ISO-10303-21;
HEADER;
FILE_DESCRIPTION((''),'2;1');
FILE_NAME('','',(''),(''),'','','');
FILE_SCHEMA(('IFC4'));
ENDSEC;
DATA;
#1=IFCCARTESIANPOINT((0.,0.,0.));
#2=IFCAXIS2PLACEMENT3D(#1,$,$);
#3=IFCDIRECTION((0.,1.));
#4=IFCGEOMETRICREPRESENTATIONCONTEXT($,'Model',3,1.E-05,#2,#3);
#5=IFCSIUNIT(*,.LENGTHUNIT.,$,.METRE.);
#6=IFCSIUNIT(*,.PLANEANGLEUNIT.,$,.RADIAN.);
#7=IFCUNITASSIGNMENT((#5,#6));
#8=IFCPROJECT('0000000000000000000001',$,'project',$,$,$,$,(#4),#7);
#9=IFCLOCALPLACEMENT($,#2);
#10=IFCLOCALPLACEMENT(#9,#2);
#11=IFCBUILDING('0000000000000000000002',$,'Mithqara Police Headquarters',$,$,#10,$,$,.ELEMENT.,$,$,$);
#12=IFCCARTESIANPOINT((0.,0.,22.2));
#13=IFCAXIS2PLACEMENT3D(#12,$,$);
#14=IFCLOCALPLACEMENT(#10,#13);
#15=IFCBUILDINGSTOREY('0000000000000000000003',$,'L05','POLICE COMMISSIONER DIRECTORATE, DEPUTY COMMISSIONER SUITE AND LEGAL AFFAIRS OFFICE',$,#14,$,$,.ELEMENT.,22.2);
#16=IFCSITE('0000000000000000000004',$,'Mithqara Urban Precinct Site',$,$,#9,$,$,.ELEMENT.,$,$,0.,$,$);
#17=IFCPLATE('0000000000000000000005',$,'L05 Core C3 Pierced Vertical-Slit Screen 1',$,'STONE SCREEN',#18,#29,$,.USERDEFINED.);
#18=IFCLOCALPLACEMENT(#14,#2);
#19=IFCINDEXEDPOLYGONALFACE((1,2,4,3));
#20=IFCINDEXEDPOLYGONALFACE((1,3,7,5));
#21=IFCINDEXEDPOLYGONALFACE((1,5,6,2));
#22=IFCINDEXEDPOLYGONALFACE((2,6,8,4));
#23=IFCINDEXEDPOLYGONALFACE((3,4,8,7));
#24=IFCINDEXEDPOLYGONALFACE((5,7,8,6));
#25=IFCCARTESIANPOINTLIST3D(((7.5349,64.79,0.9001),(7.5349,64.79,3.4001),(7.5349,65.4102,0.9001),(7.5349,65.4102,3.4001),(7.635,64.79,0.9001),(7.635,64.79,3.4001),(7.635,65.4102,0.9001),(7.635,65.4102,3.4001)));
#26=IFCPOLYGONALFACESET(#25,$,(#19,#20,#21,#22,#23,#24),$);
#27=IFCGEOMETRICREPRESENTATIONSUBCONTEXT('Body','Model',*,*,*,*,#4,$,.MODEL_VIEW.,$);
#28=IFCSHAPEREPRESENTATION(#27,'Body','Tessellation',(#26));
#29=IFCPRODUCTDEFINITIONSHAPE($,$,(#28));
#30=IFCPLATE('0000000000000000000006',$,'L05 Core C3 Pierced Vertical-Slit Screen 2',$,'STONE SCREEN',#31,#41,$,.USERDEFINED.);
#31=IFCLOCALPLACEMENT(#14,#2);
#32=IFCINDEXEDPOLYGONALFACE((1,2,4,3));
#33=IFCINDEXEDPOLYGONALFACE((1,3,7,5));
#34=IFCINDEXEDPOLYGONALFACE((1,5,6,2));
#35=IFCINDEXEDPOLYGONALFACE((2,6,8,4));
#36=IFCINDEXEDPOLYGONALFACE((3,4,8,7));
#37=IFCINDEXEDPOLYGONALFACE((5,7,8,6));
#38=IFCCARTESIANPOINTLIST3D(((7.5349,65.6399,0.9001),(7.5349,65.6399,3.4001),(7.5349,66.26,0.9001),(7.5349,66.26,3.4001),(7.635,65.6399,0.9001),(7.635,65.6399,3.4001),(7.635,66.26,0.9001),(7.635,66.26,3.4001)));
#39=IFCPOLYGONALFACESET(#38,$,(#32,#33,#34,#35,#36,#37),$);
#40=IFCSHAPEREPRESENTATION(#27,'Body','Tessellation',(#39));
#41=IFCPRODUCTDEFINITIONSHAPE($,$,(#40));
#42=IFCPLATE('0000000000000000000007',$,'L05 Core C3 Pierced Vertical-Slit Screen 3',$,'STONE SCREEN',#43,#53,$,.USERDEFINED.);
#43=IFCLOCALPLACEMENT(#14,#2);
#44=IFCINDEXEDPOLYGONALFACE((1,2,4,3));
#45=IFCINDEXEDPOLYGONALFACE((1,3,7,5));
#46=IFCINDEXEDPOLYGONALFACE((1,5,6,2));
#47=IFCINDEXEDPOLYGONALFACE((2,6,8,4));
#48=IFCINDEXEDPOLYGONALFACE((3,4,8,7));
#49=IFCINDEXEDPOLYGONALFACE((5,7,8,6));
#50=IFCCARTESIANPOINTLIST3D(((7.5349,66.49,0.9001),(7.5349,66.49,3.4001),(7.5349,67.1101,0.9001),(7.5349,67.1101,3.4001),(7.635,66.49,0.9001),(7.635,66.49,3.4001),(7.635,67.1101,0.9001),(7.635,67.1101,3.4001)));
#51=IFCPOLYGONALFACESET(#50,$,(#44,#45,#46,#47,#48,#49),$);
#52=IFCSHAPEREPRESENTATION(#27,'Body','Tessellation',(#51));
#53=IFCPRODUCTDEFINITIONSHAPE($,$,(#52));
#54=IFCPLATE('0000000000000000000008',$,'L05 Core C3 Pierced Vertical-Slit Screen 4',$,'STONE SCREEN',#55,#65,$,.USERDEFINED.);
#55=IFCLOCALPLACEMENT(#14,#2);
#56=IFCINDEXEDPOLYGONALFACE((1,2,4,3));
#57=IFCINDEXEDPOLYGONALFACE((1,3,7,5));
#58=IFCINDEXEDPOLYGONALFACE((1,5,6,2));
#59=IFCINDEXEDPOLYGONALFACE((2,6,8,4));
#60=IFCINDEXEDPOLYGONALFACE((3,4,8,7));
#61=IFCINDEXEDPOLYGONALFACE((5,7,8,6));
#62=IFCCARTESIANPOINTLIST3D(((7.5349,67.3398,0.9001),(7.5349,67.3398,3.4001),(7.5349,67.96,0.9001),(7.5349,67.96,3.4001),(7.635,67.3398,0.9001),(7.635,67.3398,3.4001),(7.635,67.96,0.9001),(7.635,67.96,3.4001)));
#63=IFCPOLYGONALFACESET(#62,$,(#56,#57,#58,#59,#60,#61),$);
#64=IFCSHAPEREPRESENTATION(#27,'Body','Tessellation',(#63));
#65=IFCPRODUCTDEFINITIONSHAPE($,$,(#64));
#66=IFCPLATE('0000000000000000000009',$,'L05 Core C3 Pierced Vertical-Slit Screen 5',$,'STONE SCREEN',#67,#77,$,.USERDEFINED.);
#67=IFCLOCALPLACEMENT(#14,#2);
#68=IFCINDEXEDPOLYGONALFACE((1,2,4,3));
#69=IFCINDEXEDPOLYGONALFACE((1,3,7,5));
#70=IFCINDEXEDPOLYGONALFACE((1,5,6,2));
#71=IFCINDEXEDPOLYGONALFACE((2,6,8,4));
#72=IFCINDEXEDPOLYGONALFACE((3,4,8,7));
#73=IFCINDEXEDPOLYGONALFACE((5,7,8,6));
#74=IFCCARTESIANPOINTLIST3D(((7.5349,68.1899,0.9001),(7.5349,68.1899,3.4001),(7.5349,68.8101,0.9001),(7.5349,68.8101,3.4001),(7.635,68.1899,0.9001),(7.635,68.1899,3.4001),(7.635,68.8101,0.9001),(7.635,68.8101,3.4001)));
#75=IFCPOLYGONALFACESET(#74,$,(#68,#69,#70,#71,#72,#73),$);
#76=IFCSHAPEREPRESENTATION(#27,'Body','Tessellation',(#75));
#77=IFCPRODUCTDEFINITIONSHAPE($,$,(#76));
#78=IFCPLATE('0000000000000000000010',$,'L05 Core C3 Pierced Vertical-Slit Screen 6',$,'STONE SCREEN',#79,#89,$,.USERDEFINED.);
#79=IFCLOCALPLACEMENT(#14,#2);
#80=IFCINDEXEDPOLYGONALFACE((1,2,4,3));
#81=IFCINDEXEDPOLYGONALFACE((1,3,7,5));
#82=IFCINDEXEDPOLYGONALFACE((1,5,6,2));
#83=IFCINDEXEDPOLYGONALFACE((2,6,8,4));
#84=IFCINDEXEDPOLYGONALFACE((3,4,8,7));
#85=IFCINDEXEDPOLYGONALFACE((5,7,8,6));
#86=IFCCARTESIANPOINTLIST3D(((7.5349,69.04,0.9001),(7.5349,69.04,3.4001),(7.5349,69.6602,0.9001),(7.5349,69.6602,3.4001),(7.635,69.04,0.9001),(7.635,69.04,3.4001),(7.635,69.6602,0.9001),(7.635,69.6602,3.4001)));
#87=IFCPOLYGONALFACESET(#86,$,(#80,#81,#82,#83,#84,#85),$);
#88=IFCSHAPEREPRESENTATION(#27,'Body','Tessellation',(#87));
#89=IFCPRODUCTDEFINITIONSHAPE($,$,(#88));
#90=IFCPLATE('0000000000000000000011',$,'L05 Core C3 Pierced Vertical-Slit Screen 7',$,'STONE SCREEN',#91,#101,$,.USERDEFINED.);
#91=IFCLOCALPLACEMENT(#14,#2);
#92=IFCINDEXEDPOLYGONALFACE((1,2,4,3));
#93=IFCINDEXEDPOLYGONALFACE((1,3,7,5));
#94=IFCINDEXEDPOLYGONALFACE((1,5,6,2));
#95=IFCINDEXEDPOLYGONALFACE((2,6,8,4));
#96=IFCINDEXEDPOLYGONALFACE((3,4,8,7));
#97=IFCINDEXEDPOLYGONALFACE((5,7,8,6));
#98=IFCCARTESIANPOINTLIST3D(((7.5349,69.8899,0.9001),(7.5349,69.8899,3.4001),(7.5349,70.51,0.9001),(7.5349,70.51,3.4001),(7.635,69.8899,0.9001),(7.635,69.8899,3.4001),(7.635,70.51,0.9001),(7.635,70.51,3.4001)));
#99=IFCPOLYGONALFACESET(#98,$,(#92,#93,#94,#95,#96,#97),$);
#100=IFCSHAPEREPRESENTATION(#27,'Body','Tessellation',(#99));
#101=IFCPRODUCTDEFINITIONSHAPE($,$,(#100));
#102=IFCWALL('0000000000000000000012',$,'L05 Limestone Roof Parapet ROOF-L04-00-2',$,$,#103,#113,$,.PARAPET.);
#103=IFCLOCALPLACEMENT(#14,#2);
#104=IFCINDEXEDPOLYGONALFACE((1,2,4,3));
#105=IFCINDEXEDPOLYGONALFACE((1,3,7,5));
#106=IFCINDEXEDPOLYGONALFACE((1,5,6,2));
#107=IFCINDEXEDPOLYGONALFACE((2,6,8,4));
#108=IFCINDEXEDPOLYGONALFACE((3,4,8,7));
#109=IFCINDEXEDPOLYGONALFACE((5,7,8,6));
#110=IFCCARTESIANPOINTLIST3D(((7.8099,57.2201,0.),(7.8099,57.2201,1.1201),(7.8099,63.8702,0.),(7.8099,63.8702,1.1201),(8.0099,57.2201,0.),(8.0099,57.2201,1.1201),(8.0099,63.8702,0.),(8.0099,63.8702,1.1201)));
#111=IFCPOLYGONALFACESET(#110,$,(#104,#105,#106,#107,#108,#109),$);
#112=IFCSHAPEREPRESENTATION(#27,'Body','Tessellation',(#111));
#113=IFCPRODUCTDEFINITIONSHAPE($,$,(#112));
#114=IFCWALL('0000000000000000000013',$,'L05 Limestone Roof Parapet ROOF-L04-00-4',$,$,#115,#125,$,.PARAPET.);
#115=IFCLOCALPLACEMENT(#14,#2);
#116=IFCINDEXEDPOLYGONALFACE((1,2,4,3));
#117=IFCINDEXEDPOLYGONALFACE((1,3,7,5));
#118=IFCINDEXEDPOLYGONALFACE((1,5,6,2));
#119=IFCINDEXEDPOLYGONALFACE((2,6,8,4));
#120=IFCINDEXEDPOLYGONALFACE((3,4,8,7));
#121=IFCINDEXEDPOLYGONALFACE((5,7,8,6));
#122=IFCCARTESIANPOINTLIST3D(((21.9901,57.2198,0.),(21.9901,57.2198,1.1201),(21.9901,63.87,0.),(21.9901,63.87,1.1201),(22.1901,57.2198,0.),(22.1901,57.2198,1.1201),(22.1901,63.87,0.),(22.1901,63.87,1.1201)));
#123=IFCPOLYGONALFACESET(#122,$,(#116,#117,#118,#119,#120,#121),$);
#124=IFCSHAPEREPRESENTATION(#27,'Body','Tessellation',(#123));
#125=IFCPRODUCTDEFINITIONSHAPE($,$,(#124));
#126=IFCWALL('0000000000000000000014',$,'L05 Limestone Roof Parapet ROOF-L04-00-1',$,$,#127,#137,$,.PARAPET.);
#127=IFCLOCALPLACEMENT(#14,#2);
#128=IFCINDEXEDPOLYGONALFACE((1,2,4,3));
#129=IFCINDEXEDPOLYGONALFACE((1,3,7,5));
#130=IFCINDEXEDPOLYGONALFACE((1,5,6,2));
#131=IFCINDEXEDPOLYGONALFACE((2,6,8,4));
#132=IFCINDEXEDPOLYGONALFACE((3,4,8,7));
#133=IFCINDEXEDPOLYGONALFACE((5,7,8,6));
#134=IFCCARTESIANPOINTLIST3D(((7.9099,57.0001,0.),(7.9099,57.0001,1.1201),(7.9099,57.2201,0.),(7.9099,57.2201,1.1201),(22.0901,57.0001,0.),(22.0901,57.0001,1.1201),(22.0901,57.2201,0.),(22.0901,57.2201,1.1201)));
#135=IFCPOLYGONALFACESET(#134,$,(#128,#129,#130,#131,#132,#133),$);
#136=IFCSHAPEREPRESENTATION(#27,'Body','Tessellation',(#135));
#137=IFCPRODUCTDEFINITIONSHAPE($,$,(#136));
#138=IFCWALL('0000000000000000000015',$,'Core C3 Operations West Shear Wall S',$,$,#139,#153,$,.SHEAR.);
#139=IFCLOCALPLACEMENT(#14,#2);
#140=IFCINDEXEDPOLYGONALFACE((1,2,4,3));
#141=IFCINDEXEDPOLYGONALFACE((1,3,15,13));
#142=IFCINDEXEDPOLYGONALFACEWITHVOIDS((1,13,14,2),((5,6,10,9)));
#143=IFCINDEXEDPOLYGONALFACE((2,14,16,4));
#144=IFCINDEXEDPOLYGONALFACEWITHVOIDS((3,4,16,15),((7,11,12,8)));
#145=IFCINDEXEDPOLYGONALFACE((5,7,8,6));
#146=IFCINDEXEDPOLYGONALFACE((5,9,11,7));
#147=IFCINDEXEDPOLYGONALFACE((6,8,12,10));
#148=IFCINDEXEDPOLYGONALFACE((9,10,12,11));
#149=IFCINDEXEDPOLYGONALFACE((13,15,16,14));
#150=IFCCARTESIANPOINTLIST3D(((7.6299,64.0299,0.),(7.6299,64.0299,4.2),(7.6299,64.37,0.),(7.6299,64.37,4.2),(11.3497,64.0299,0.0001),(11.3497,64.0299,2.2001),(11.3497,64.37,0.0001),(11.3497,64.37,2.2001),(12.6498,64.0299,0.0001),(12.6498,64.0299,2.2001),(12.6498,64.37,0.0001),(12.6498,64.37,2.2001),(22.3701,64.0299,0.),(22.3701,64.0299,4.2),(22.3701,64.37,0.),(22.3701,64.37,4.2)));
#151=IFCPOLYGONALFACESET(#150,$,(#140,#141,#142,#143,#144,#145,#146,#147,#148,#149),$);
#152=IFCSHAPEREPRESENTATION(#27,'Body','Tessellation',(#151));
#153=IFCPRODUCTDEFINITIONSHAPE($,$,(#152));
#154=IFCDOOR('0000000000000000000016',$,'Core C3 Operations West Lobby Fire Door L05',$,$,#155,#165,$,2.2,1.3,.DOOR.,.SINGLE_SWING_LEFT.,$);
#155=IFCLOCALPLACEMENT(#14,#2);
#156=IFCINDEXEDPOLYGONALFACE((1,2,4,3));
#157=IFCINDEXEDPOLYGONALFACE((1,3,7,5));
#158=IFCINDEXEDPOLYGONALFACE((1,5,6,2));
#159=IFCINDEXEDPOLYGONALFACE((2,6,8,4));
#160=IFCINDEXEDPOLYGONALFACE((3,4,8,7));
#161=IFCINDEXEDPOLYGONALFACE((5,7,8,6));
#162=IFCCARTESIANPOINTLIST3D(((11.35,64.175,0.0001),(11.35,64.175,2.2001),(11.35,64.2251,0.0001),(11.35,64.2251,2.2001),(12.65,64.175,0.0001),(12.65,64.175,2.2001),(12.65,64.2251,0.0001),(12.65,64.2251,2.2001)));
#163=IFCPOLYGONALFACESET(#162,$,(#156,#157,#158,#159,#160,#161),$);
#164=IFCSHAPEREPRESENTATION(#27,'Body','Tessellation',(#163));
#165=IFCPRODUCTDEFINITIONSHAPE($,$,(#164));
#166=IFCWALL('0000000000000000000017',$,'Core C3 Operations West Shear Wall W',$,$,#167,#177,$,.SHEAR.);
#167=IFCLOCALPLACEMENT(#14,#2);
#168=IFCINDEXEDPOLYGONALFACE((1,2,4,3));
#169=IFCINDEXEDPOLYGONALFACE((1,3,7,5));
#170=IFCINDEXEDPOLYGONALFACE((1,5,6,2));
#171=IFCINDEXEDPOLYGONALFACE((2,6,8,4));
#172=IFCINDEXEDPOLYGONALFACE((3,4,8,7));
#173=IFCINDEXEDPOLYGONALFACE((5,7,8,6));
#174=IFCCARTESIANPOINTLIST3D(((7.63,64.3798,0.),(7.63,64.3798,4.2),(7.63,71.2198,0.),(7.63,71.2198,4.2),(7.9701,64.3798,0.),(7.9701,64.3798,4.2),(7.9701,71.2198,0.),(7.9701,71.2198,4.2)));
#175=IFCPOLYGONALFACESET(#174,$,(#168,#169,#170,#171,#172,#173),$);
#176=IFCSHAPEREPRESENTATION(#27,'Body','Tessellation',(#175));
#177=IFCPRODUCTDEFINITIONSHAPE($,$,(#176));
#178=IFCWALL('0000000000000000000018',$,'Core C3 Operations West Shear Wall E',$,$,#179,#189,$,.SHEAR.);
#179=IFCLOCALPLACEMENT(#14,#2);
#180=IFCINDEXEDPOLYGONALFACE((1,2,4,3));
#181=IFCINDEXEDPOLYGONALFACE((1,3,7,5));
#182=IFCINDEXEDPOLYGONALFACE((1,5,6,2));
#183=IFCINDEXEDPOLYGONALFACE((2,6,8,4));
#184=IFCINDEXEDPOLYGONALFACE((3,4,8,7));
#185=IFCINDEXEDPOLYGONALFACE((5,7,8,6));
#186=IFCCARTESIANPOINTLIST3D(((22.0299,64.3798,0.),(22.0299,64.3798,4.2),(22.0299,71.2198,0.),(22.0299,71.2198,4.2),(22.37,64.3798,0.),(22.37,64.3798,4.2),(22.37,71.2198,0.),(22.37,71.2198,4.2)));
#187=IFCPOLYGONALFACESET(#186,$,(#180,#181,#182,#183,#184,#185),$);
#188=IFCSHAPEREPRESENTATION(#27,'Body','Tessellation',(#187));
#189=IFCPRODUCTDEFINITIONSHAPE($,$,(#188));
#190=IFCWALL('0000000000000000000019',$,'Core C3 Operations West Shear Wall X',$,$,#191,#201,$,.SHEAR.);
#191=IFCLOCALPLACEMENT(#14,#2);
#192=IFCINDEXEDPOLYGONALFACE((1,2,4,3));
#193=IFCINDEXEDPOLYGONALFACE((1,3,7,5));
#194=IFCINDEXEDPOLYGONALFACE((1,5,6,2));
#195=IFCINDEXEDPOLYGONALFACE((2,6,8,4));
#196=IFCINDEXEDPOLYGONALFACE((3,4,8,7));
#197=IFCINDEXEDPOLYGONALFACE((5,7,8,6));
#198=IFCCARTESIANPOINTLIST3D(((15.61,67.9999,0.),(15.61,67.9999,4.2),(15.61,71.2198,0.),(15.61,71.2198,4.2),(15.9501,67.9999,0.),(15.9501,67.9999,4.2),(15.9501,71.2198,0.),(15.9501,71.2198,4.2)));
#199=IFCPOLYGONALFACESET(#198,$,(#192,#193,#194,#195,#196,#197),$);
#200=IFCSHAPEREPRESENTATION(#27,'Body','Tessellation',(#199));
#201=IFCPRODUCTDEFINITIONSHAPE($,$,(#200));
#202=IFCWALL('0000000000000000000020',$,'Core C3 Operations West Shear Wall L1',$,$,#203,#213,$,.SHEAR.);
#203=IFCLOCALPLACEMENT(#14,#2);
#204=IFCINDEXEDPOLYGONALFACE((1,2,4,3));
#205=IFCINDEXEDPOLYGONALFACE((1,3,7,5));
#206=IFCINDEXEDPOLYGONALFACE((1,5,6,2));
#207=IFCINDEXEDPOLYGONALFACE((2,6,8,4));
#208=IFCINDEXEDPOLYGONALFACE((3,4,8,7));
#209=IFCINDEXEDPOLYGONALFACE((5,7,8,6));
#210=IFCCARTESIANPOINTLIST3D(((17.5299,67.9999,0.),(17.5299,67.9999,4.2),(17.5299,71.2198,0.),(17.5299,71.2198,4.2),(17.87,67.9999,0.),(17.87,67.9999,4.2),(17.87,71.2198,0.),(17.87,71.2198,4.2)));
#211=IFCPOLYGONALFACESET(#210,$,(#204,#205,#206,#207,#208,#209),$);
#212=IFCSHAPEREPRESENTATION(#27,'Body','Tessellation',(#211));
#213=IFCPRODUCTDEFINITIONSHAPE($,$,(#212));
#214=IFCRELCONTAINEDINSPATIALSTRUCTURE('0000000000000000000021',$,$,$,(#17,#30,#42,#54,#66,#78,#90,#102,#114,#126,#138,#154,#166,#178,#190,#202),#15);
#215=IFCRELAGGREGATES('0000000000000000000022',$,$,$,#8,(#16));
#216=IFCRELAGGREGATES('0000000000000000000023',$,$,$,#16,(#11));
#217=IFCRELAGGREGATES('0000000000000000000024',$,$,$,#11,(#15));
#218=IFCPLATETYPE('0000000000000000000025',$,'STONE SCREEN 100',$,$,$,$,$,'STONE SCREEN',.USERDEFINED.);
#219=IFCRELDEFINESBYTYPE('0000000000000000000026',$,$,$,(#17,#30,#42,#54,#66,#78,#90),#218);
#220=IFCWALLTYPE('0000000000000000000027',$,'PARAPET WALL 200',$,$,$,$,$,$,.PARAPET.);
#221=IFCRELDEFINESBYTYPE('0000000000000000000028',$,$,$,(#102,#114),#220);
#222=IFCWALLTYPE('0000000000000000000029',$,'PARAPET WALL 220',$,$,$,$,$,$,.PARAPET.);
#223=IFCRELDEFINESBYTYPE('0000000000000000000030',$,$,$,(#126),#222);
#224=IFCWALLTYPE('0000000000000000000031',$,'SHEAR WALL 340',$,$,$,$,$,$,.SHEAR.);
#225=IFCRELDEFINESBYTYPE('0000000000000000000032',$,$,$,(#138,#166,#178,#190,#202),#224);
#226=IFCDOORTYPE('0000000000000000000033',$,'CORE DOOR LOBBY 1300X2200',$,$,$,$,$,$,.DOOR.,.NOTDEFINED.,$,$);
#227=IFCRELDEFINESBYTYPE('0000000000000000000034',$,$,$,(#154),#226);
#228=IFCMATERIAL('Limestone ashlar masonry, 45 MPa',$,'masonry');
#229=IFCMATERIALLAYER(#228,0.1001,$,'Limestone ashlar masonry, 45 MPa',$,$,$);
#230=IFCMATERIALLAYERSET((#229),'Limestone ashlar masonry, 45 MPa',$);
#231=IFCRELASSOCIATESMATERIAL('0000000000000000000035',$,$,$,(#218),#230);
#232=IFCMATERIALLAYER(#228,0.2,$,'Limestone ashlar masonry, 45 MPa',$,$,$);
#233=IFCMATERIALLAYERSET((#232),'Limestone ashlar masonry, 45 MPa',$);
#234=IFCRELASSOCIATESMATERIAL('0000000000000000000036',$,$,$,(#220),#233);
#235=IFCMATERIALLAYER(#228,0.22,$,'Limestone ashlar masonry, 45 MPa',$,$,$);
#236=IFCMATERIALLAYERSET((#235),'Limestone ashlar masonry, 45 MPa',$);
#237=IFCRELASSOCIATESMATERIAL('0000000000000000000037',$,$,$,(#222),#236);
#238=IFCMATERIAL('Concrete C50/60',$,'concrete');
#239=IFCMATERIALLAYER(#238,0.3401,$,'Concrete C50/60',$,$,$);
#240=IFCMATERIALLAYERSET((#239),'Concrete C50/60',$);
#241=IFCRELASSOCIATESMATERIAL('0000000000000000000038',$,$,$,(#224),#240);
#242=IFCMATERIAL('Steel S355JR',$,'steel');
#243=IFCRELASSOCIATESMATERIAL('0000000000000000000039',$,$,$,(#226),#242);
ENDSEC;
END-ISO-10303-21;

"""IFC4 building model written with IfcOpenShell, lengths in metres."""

from ifc_helpers import new_model, si_unit, direction, frame, frame_2d, origin, origin_2d, place, context, subcontext, project, spatial, rectangle, extrude, material, layer, layer_set, type_object, element, fill, save


model = new_model("IFC4")

# Units and contexts
model_context = context("Model", 3, precision=1e-05, world=origin(), true_north=direction((0.0, 1.0)))
body_context = subcontext(model_context, "Body", "Model", "MODEL_VIEW")
ifc_project = project(units=[si_unit("LENGTHUNIT", "METRE"), si_unit("PLANEANGLEUNIT", "RADIAN")], contexts=[model_context])

# Site, building, storey
site_placement = place(None, origin())
site = spatial("IfcSite", under=ifc_project, at=site_placement, Name="Mithqara Urban Precinct Site", CompositionType="ELEMENT", RefElevation=0.0)
building_placement = place(site_placement, origin())
building = spatial("IfcBuilding", under=site, at=building_placement, Name="Mithqara Police Headquarters", CompositionType="ELEMENT")
storey_placement = place(building_placement, frame((0.0, 0.0, 22.2)))
storey = spatial("IfcBuildingStorey", under=building, at=storey_placement, Name="L05", Description="POLICE COMMISSIONER DIRECTORATE, DEPUTY COMMISSIONER SUITE AND LEGAL AFFAIRS OFFICE", CompositionType="ELEMENT", Elevation=22.2)

# Plates
ifc_material_1 = material(Name="Limestone ashlar masonry, 45 MPa", Category="masonry")
ifc_layer_1 = layer(ifc_material_1, 0.1001, Name="Limestone ashlar masonry, 45 MPa")
ifc_layer_set_1 = layer_set([ifc_layer_1], Name="Limestone ashlar masonry, 45 MPa")
plate_type = type_object("IfcPlateType", Name="STONE SCREEN 100", ElementType="STONE SCREEN", PredefinedType="USERDEFINED", material=ifc_layer_set_1)
for number, where, z_axis, x_axis, name in (
    (1, (7.585, 65.1001, 0.9001), (0.0, 0.0, 1.0), (0.0, 1.0, 0.0), "L05 Core C3 Pierced Vertical-Slit Screen 1"),
    (2, (7.585, 65.95, 0.9001), (0.0, 0.0, 1.0), (0.0, 1.0, 0.0), "L05 Core C3 Pierced Vertical-Slit Screen 2"),
    (3, (7.585, 66.8, 0.9001), (0.0, 0.0, 1.0), (0.0, 1.0, 0.0), "L05 Core C3 Pierced Vertical-Slit Screen 3"),
    (4, (7.585, 67.6499, 0.9001), (0.0, 0.0, 1.0), (0.0, 1.0, 0.0), "L05 Core C3 Pierced Vertical-Slit Screen 4"),
    (5, (7.585, 68.5, 0.9001), (0.0, 0.0, 1.0), (0.0, 1.0, 0.0), "L05 Core C3 Pierced Vertical-Slit Screen 5"),
    (6, (7.585, 69.3501, 0.9001), (0.0, 0.0, 1.0), (0.0, 1.0, 0.0), "L05 Core C3 Pierced Vertical-Slit Screen 6"),
    (7, (7.585, 70.2, 0.9001), (0.0, 0.0, 1.0), (0.0, 1.0, 0.0), "L05 Core C3 Pierced Vertical-Slit Screen 7"),
):
    element("IfcPlate", number, at=place(storey_placement, frame(where, z_axis=z_axis, x_axis=x_axis)), inside=storey, type_object=plate_type, Name=name, ObjectType="STONE SCREEN", PredefinedType="USERDEFINED", context=body_context, shape_type="SweptSolid", body=[
        extrude(rectangle(XDim=0.6201, YDim=0.1001, at=origin_2d()), origin(), (0.0, 0.0, 1.0), 2.5),
    ])

# Walls
ifc_layer_2 = layer(ifc_material_1, 0.2, Name="Limestone ashlar masonry, 45 MPa")
ifc_layer_set_2 = layer_set([ifc_layer_2], Name="Limestone ashlar masonry, 45 MPa")
wall_type_1 = type_object("IfcWallType", Name="PARAPET WALL 200", PredefinedType="PARAPET", material=ifc_layer_set_2)
for number, where, z_axis, x_axis, name in (
    (8, (7.9099, 57.22, 0.0), (0.0, 0.0, 1.0), (0.0, 1.0, 0.0), "L05 Limestone Roof Parapet ROOF-L04-00-2"),
    (9, (22.0901, 63.8701, 0.0), (0.0, 0.0, 1.0), (0.0, -1.0, 0.0), "L05 Limestone Roof Parapet ROOF-L04-00-4"),
):
    element("IfcWall", number, at=place(storey_placement, frame(where, z_axis=z_axis, x_axis=x_axis)), inside=storey, type_object=wall_type_1, Name=name, PredefinedType="PARAPET", context=body_context, shape_type="SweptSolid", body=[
        extrude(rectangle(XDim=6.6501, YDim=0.2, at=frame_2d((3.3252, 0.0))), origin(), (0.0, 0.0, 1.0), 1.1201),
    ])
ifc_layer_3 = layer(ifc_material_1, 0.22, Name="Limestone ashlar masonry, 45 MPa")
ifc_layer_set_3 = layer_set([ifc_layer_3], Name="Limestone ashlar masonry, 45 MPa")
wall_type_2 = type_object("IfcWallType", Name="PARAPET WALL 220", PredefinedType="PARAPET", material=ifc_layer_set_3)
wall_1_placement = place(storey_placement, frame((22.0901, 57.1101, 0.0), z_axis=(0.0, 0.0, 1.0), x_axis=(-1.0, 0.0, 0.0)))
element("IfcWall", 10, at=wall_1_placement, inside=storey, type_object=wall_type_2, Name="L05 Limestone Roof Parapet ROOF-L04-00-1", PredefinedType="PARAPET", context=body_context, shape_type="SweptSolid", body=[
    extrude(rectangle(XDim=14.1802, YDim=0.22, at=frame_2d((7.0901, 0.0))), origin(), (0.0, 0.0, 1.0), 1.1201),
])

# Wall, opening, door
ifc_material_2 = material(Name="Concrete C50/60", Category="concrete")
ifc_layer_4 = layer(ifc_material_2, 0.3401, Name="Concrete C50/60")
ifc_layer_set_4 = layer_set([ifc_layer_4], Name="Concrete C50/60")
wall_type_3 = type_object("IfcWallType", Name="SHEAR WALL 340", PredefinedType="SHEAR", material=ifc_layer_set_4)
wall_2_placement = place(storey_placement, frame((7.6299, 64.2, 0.0), z_axis=(0.0, 0.0, 1.0), x_axis=(1.0, 0.0, 0.0)))
wall_2 = element("IfcWall", 11, at=wall_2_placement, inside=storey, type_object=wall_type_3, Name="Core C3 Operations West Shear Wall S", PredefinedType="SHEAR", context=body_context, shape_type="SweptSolid", body=[
    extrude(rectangle(XDim=14.7402, YDim=0.3401, at=frame_2d((7.3701, 0.0))), origin(), (0.0, 0.0, 1.0), 4.2),
])
opening_1_placement = place(wall_2_placement, frame((3.72, 0.0, 0.0)))
opening_1 = element("IfcOpeningElement", 12, at=opening_1_placement, cuts=wall_2, PredefinedType="OPENING", context=body_context, shape_type="SweptSolid", body=[
    extrude(rectangle(XDim=1.3, YDim=2.2, at=frame_2d((0.6499, 1.1001))), frame((0.0, 0.1802, 0.0), z_axis=(0.0, -1.0, 0.0), x_axis=(1.0, 0.0, 0.0)), (0.0, 0.0, 1.0), 0.3601),
])
ifc_material_3 = material(Name="Steel S355JR", Category="steel")
door_type_1 = type_object("IfcDoorType", Name="CORE DOOR LOBBY 1300X2200", OperationType="NOTDEFINED", PredefinedType="DOOR", material=ifc_material_3)
door_1_placement = place(opening_1_placement, frame((1.3, 0.0, 0.0), z_axis=(0.0, 0.0, 1.0), x_axis=(-1.0, 0.0, 0.0)))
door_1 = element("IfcDoor", 13, at=door_1_placement, inside=storey, type_object=door_type_1, Name="Core C3 Operations West Lobby Fire Door L05", OperationType="SINGLE_SWING_LEFT", OverallHeight=2.2, OverallWidth=1.3, PredefinedType="DOOR", context=body_context, shape_type="SweptSolid", body=[
    extrude(rectangle(XDim=1.3, YDim=2.2, at=frame_2d((0.6499, 1.1001))), frame((0.0, 0.0249, 0.0), z_axis=(0.0, -1.0, 0.0), x_axis=(1.0, 0.0, 0.0)), (0.0, 0.0, 1.0), 0.05),
])
fill(opening_1, door_1)

# Walls
for number, where, z_axis, x_axis, name in (
    (14, (7.8, 64.3799, 0.0), (0.0, 0.0, 1.0), (0.0, 1.0, 0.0), "Core C3 Operations West Shear Wall W"),
    (15, (22.2, 64.3799, 0.0), (0.0, 0.0, 1.0), (0.0, 1.0, 0.0), "Core C3 Operations West Shear Wall E"),
):
    element("IfcWall", number, at=place(storey_placement, frame(where, z_axis=z_axis, x_axis=x_axis)), inside=storey, type_object=wall_type_3, Name=name, PredefinedType="SHEAR", context=body_context, shape_type="SweptSolid", body=[
        extrude(rectangle(XDim=6.8401, YDim=0.3401, at=frame_2d((3.4199, 0.0))), origin(), (0.0, 0.0, 1.0), 4.2),
    ])

# Walls
for number, where, z_axis, x_axis, name in (
    (16, (15.78, 68.0, 0.0), (0.0, 0.0, 1.0), (0.0, 1.0, 0.0), "Core C3 Operations West Shear Wall X"),
    (17, (17.7, 68.0, 0.0), (0.0, 0.0, 1.0), (0.0, 1.0, 0.0), "Core C3 Operations West Shear Wall L1"),
):
    element("IfcWall", number, at=place(storey_placement, frame(where, z_axis=z_axis, x_axis=x_axis)), inside=storey, type_object=wall_type_3, Name=name, PredefinedType="SHEAR", context=body_context, shape_type="SweptSolid", body=[
        extrude(rectangle(XDim=3.22, YDim=0.3401, at=frame_2d((1.6099, 0.0))), origin(), (0.0, 0.0, 1.0), 4.2),
    ])

save(model, "model.ifc")
